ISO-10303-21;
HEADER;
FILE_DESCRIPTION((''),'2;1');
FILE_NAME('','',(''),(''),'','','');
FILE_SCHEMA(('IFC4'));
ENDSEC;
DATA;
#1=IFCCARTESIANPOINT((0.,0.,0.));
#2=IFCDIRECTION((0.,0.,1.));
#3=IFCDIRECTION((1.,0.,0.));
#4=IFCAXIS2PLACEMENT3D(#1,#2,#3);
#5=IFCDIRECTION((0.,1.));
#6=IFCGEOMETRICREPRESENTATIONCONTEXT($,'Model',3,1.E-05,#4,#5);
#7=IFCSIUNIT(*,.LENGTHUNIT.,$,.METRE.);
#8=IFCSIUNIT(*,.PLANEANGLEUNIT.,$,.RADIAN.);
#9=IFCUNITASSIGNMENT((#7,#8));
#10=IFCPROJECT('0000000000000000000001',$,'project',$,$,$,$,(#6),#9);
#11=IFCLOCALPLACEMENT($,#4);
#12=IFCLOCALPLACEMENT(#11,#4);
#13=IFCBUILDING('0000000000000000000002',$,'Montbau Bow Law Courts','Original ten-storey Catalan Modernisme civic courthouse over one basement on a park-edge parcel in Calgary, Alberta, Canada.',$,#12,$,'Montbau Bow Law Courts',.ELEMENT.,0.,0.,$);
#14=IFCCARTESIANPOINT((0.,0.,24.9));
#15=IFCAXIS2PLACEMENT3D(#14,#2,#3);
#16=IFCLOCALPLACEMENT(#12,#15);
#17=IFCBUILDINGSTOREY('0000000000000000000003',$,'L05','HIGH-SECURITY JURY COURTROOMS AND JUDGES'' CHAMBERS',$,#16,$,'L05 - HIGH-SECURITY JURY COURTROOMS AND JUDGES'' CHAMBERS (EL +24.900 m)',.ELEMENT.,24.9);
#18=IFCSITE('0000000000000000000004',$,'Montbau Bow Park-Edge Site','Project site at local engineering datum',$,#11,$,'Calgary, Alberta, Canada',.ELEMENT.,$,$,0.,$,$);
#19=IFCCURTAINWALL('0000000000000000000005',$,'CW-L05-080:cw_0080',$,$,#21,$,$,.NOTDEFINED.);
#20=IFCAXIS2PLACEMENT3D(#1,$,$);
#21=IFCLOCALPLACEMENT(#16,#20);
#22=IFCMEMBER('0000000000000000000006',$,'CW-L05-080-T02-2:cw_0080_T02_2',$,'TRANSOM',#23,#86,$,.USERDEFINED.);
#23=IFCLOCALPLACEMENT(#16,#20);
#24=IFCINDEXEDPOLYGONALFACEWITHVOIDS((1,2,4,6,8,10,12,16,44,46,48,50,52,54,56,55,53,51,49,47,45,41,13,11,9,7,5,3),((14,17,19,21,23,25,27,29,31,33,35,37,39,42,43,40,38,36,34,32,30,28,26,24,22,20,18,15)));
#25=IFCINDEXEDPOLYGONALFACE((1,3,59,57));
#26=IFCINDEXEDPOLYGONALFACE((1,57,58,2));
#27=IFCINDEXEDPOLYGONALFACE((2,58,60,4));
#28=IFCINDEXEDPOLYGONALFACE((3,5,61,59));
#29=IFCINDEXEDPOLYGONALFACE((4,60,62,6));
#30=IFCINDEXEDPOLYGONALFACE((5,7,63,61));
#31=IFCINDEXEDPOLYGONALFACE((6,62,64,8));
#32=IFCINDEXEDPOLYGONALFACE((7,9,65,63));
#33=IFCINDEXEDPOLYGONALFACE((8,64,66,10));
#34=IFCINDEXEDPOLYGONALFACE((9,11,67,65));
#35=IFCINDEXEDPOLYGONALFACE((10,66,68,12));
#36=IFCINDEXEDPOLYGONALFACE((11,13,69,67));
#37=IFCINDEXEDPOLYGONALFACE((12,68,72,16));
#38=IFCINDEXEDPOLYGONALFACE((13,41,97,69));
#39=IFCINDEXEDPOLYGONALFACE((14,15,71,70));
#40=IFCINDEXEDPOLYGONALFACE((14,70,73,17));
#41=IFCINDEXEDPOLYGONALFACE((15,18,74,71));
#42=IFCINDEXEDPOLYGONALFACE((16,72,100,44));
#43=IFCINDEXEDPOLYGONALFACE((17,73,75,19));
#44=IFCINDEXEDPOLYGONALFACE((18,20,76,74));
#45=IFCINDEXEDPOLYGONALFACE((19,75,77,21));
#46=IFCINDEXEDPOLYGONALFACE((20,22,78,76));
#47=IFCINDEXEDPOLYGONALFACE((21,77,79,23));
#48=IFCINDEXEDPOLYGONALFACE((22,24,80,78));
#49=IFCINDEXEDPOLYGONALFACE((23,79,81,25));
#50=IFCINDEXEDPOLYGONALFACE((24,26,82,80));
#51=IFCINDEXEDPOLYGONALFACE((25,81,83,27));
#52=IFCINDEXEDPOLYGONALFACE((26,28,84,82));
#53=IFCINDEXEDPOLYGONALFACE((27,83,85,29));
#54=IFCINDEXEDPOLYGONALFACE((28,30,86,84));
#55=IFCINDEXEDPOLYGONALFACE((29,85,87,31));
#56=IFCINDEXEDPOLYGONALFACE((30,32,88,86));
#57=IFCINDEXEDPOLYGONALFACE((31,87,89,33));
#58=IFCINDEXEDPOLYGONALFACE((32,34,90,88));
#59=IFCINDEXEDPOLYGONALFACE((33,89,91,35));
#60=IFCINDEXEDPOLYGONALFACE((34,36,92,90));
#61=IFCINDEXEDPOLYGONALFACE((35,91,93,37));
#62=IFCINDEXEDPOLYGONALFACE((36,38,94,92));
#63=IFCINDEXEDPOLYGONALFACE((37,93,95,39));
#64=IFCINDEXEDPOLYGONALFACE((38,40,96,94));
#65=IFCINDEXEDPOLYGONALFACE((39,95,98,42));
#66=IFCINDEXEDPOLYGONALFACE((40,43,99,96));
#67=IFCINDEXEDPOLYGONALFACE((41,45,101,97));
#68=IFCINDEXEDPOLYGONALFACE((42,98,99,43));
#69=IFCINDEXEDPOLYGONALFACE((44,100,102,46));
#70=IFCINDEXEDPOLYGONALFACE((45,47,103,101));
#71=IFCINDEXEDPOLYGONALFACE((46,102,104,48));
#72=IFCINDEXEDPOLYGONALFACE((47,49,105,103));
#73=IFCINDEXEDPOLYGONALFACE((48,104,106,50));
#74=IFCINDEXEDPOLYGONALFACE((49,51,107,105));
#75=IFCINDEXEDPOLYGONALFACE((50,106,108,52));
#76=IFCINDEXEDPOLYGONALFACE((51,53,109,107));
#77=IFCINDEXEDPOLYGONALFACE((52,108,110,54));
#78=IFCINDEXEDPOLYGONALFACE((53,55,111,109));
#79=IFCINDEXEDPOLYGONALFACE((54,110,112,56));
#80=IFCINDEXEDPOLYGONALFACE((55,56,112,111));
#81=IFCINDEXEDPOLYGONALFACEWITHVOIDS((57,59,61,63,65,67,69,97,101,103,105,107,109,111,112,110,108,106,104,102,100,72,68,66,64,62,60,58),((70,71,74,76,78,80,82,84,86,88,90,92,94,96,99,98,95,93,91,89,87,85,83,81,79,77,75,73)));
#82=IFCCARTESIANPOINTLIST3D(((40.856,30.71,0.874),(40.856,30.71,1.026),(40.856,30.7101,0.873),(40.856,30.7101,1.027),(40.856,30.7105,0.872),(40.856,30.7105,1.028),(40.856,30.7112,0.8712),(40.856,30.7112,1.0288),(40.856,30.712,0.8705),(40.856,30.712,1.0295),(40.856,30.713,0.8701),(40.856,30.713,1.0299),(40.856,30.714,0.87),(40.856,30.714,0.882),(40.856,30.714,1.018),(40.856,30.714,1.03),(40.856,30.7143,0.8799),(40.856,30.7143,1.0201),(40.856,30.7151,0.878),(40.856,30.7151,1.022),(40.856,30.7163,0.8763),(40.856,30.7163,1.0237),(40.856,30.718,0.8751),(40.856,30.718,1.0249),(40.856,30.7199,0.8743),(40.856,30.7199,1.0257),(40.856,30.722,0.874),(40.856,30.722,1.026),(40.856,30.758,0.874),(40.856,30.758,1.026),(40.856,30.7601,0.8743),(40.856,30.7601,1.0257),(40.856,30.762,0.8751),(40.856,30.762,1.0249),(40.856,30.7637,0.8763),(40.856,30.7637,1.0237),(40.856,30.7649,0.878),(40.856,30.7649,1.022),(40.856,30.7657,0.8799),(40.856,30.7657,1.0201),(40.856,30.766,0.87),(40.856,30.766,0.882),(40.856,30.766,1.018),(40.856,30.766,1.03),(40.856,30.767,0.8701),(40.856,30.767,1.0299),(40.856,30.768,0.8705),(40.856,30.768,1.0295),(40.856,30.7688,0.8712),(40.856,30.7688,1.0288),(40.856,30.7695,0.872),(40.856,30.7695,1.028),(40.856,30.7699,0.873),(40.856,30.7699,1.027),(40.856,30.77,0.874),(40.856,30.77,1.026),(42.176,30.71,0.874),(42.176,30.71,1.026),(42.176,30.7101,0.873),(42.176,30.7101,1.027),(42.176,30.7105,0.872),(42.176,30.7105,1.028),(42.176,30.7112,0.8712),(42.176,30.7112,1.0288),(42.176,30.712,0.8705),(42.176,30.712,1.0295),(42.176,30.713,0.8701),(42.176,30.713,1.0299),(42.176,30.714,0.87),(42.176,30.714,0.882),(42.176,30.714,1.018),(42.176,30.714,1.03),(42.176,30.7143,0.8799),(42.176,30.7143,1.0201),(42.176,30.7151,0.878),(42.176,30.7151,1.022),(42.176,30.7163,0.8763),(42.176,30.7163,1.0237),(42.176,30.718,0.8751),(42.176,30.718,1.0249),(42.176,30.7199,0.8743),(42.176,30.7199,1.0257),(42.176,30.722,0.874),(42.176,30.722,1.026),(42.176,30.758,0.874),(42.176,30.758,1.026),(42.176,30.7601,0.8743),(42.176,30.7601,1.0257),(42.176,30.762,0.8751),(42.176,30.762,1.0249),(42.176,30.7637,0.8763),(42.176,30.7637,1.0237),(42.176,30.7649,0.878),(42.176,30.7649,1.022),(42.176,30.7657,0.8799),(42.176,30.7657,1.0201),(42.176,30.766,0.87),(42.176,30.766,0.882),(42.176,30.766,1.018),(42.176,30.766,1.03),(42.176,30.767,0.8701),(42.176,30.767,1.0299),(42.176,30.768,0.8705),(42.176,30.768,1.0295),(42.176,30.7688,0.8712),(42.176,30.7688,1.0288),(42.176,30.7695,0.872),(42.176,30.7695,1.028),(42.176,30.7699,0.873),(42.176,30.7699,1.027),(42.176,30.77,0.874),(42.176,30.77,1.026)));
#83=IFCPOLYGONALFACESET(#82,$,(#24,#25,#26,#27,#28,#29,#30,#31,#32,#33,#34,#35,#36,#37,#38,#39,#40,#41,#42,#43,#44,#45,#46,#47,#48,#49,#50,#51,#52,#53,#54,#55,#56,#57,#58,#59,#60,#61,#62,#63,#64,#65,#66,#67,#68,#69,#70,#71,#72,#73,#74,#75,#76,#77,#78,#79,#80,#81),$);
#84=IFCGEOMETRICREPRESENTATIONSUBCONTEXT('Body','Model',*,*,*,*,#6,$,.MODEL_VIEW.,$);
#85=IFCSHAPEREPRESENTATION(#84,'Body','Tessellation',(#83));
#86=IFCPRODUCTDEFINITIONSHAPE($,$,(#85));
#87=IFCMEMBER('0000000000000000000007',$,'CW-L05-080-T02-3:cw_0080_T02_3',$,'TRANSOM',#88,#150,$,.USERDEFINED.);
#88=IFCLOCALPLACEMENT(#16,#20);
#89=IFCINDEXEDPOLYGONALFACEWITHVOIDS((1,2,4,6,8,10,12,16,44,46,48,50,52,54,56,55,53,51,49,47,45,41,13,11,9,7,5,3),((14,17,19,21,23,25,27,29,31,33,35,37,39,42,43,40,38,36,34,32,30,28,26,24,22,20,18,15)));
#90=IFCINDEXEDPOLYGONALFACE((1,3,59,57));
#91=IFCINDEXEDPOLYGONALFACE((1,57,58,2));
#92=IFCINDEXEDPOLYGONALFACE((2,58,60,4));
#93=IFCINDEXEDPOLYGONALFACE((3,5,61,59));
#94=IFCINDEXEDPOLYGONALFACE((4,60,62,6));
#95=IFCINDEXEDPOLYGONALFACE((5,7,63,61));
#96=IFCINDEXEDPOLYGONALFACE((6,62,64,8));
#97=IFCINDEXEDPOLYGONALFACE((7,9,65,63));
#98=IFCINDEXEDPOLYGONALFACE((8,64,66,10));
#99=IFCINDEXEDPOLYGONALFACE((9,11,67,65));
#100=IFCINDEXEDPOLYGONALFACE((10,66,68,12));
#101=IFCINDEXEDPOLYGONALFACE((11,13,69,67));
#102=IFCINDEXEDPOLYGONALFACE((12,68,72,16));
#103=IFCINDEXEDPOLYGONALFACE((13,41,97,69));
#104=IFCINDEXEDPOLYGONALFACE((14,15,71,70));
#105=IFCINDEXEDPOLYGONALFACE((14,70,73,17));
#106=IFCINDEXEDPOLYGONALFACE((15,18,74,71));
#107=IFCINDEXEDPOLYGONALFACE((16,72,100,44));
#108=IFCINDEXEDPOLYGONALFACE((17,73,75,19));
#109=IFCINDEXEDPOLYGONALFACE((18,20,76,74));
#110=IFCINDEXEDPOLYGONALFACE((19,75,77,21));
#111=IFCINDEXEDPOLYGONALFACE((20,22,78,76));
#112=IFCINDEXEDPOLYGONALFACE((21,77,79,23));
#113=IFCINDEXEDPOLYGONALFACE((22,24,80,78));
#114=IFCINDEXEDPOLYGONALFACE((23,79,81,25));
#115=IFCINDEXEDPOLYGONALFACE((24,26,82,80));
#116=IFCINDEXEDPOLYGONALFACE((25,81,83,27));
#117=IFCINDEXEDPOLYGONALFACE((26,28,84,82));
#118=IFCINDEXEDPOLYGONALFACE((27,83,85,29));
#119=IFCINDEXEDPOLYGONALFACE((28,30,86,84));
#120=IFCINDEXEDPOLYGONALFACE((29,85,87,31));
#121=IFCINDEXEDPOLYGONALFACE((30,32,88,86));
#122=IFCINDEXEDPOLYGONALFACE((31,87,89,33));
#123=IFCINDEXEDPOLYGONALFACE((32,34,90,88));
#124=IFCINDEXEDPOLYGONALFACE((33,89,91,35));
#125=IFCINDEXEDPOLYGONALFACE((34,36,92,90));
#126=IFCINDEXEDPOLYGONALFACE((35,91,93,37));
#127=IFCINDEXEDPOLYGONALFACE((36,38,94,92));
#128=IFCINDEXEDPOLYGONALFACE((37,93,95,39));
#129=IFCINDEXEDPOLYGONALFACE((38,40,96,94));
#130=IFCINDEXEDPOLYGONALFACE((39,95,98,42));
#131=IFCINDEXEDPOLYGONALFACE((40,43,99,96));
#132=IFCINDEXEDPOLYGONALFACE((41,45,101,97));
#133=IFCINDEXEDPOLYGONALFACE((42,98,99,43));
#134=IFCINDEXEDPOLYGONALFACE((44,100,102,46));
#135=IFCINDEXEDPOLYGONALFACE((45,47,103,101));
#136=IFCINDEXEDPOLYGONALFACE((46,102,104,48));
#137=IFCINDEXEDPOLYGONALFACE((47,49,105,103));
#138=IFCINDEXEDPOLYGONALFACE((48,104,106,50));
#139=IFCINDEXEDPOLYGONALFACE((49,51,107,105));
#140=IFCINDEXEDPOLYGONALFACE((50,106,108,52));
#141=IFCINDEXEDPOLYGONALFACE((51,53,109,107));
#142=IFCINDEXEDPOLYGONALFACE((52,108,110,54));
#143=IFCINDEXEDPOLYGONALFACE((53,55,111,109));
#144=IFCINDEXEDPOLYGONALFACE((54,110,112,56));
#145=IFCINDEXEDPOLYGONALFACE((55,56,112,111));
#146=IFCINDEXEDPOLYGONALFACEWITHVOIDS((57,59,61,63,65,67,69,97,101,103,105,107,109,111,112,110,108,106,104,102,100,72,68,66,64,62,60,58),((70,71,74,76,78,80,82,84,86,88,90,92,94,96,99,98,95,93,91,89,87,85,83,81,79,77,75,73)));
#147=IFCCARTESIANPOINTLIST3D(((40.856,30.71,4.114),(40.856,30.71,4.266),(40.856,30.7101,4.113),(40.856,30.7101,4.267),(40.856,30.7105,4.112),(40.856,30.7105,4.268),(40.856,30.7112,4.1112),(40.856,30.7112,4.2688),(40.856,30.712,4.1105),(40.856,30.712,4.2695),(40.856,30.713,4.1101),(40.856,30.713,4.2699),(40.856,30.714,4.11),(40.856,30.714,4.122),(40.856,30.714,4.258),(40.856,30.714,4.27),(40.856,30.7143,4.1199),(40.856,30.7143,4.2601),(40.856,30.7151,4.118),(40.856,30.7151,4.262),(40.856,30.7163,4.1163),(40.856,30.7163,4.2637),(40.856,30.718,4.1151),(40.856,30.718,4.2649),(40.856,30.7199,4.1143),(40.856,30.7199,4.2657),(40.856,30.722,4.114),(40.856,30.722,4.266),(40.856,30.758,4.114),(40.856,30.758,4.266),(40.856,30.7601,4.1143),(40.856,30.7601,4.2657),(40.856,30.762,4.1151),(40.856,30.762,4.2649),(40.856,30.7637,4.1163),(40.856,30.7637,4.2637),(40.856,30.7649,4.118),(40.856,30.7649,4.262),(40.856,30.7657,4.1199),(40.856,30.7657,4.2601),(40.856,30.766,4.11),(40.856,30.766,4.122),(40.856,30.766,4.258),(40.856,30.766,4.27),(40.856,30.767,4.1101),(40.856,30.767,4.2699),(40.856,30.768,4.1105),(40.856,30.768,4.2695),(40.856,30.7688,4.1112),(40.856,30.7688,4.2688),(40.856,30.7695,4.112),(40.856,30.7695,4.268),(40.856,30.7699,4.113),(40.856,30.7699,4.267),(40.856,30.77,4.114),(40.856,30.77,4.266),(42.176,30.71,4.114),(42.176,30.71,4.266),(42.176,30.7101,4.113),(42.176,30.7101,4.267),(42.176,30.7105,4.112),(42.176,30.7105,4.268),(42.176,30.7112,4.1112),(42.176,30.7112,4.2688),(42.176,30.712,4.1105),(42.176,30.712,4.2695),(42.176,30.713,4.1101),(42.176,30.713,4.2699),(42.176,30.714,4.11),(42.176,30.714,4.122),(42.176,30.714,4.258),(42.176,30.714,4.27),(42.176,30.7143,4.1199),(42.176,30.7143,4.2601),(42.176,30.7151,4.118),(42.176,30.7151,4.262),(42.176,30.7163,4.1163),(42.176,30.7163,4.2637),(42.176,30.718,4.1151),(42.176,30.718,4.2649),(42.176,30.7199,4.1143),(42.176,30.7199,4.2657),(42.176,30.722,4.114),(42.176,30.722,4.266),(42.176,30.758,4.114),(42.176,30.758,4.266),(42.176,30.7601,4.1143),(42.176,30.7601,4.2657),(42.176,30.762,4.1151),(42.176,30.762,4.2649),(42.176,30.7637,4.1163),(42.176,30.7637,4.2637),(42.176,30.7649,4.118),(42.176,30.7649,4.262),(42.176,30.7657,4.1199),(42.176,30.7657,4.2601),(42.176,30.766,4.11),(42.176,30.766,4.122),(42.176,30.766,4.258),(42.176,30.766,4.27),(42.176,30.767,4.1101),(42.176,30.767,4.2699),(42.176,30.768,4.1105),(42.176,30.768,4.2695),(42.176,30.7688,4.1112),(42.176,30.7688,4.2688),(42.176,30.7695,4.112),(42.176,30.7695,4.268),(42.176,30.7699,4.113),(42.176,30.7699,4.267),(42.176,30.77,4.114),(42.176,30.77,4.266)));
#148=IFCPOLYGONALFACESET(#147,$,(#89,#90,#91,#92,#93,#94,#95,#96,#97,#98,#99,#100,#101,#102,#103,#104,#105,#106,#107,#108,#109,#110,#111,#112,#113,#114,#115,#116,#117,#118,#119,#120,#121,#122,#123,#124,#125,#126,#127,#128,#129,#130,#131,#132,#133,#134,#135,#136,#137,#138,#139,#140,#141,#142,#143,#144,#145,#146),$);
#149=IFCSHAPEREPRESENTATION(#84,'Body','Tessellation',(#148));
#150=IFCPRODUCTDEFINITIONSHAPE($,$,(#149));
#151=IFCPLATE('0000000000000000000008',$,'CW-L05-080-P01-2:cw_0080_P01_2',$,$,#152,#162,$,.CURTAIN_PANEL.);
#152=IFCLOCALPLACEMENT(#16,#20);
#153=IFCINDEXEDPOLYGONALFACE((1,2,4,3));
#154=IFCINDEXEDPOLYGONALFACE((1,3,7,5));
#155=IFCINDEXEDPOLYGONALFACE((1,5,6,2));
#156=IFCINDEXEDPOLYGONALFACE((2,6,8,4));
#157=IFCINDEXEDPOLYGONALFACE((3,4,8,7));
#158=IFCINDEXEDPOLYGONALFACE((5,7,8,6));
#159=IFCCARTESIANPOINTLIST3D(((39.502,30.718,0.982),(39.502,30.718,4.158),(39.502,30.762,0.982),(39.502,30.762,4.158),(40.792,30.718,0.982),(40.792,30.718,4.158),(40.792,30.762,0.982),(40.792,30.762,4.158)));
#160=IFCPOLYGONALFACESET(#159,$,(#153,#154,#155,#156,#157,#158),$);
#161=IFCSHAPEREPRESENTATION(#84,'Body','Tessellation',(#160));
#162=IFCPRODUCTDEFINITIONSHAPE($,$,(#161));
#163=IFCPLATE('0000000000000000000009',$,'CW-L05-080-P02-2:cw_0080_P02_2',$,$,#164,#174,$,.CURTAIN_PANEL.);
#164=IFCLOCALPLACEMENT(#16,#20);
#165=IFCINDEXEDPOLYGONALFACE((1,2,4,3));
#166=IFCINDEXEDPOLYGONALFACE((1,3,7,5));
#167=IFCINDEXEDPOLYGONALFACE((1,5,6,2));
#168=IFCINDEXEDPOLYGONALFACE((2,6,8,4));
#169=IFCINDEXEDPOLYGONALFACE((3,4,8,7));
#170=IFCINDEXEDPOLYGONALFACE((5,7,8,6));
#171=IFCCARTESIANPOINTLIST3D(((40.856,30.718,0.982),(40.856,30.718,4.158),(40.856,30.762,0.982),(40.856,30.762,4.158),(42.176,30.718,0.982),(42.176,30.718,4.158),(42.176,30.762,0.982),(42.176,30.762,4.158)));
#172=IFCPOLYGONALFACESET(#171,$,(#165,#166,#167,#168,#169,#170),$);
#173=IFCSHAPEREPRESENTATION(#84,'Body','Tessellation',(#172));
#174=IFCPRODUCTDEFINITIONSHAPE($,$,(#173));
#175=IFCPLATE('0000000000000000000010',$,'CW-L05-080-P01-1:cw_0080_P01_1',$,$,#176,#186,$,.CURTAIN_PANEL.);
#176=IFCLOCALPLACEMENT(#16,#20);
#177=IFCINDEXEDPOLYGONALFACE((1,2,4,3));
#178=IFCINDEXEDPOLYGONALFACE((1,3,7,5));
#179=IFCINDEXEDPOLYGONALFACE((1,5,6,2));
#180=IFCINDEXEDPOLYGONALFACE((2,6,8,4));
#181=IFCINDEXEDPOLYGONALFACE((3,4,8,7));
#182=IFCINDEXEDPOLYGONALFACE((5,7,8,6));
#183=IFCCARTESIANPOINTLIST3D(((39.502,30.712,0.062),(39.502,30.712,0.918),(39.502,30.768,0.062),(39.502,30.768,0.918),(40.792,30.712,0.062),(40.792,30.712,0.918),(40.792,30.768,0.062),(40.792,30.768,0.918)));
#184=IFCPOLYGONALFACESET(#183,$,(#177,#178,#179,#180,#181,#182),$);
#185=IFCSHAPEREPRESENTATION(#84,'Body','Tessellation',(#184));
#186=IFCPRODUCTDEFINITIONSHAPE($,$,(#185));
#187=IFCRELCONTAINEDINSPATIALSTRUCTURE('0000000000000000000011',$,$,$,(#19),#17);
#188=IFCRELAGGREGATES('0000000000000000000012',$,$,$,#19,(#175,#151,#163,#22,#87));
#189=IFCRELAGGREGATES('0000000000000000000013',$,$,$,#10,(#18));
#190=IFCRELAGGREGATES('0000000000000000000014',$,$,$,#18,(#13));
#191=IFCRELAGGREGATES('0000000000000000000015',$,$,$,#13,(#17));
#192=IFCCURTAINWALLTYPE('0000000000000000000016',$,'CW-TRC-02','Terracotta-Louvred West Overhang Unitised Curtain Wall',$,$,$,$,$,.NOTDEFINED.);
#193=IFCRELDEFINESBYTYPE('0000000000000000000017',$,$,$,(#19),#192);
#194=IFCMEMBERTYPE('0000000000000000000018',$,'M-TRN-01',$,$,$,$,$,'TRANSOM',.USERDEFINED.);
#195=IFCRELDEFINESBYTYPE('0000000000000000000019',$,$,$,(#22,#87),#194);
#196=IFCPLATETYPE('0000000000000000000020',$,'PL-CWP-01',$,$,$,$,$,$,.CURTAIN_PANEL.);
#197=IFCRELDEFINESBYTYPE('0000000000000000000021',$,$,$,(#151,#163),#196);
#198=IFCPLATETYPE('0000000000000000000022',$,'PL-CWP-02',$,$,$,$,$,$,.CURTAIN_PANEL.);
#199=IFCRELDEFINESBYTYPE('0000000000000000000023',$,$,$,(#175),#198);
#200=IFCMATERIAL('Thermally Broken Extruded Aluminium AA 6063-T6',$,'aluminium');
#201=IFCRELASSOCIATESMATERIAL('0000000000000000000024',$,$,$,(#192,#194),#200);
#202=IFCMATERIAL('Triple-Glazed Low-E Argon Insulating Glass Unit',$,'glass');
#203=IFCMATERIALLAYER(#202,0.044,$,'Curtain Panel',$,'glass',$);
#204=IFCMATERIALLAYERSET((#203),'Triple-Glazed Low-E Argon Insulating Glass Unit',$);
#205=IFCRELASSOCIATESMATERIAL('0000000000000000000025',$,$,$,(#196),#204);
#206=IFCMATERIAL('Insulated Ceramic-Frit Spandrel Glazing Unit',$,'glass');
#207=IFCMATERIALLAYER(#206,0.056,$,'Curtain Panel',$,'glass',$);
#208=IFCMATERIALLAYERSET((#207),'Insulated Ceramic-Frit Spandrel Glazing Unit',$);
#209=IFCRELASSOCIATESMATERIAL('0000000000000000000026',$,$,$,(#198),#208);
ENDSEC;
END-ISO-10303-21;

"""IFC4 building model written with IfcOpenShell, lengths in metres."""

from ifc_helpers import new_model, si_unit, direction, frame, frame_2d, origin_with_axes, origin_2d_with_axis, place, context, subcontext, project, spatial, rectangle, hollow_rectangle, extrude, material, layer, layer_set, material_profile, profile_set, type_object, element, aggregate, save


model = new_model("IFC4")

# Units and contexts
model_context = context("Model", 3, precision=1e-05, world=origin_with_axes(), true_north=direction((0.0, 1.0)))
body_context = subcontext(model_context, "Body", "Model", "MODEL_VIEW")
ifc_project = project(units=[si_unit("LENGTHUNIT", "METRE"), si_unit("PLANEANGLEUNIT", "RADIAN")], contexts=[model_context])

# Site, building, storey
site_placement = place(None, origin_with_axes())
site = spatial("IfcSite", under=ifc_project, at=site_placement, Name="Montbau Bow Park-Edge Site", Description="Project site at local engineering datum", LongName="Calgary, Alberta, Canada", CompositionType="ELEMENT", RefElevation=0.0)
building_placement = place(site_placement, origin_with_axes())
building = spatial("IfcBuilding", under=site, at=building_placement, Name="Montbau Bow Law Courts", Description="Original ten-storey Catalan Modernisme civic courthouse over one basement on a park-edge parcel in Calgary, Alberta, Canada.", LongName="Montbau Bow Law Courts", CompositionType="ELEMENT", ElevationOfRefHeight=0.0, ElevationOfTerrain=0.0)
storey_placement = place(building_placement, frame((0.0, 0.0, 24.9), z_axis=(0.0, 0.0, 1.0), x_axis=(1.0, 0.0, 0.0)))
storey = spatial("IfcBuildingStorey", under=building, at=storey_placement, Name="L05", Description="HIGH-SECURITY JURY COURTROOMS AND JUDGES' CHAMBERS", LongName="L05 - HIGH-SECURITY JURY COURTROOMS AND JUDGES' CHAMBERS (EL +24.900 m)", CompositionType="ELEMENT", Elevation=24.9)

# Curtain wall, members, plates
ifc_material_1 = material(Name="Thermally Broken Extruded Aluminium AA 6063-T6", Category="aluminium")
curtain_wall_type = type_object("IfcCurtainWallType", Name="CW-TRC-02", Description="Terracotta-Louvred West Overhang Unitised Curtain Wall", PredefinedType="NOTDEFINED", material=ifc_material_1)
curtain_wall_placement = place(None, frame((39.44, 30.74, 24.9), z_axis=(0.0, 0.0, 1.0), x_axis=(1.0, 0.0, 0.0)))
curtain_wall = element("IfcCurtainWall", 1, at=curtain_wall_placement, inside=storey, type_object=curtain_wall_type, Name="CW-L05-080:cw_0080", PredefinedType="NOTDEFINED")
ifc_material_profile_1 = material_profile(ifc_material_1, hollow_rectangle(XDim=0.06, YDim=0.16, WallThickness=0.004, InnerFilletRadius=0.008, OuterFilletRadius=0.004, at=origin_2d_with_axis()), Name="CWT-160X60", Category="Main", Priority=0)
ifc_profile_set_1 = profile_set([ifc_material_profile_1], Name="Thermally Broken Extruded Aluminium AA 6063-T6")
member_type_1 = type_object("IfcMemberType", Name="M-TRN-01", ElementType="TRANSOM", PredefinedType="USERDEFINED", material=ifc_profile_set_1)
member_1_placement = place(None, frame((40.856, 30.74, 25.85), z_axis=(1.0, 0.0, 0.0), x_axis=(0.0, 1.0, 0.0)))
member_1 = element("IfcMember", 2, at=member_1_placement, type_object=member_type_1, Name="CW-L05-080-T02-2:cw_0080_T02_2", ObjectType="TRANSOM", PredefinedType="USERDEFINED", context=body_context, shape_type="SweptSolid", body=[
    extrude(hollow_rectangle(XDim=0.06, YDim=0.16, WallThickness=0.004, InnerFilletRadius=0.008, OuterFilletRadius=0.004, at=origin_2d_with_axis()), origin_with_axes(), (0.0, 0.0, 1.0), 1.32),
])
member_2_placement = place(None, frame((40.856, 30.74, 29.09), z_axis=(1.0, 0.0, 0.0), x_axis=(0.0, 1.0, 0.0)))
member_2 = element("IfcMember", 3, at=member_2_placement, type_object=member_type_1, Name="CW-L05-080-T02-3:cw_0080_T02_3", ObjectType="TRANSOM", PredefinedType="USERDEFINED", context=body_context, shape_type="SweptSolid", body=[
    extrude(hollow_rectangle(XDim=0.06, YDim=0.16, WallThickness=0.004, InnerFilletRadius=0.008, OuterFilletRadius=0.004, at=origin_2d_with_axis()), origin_with_axes(), (0.0, 0.0, 1.0), 1.32),
])
ifc_material_2 = material(Name="Triple-Glazed Low-E Argon Insulating Glass Unit", Category="glass")
ifc_layer_1 = layer(ifc_material_2, 0.044, Name="Curtain Panel", Category="glass")
ifc_layer_set_1 = layer_set([ifc_layer_1], Name="Triple-Glazed Low-E Argon Insulating Glass Unit")
plate_type_1 = type_object("IfcPlateType", Name="PL-CWP-01", PredefinedType="CURTAIN_PANEL", material=ifc_layer_set_1)
plate_1_placement = place(None, frame((39.502, 30.74, 25.882), z_axis=(0.0, -1.0, 0.0), x_axis=(1.0, 0.0, 0.0)))
plate_1 = element("IfcPlate", 4, at=plate_1_placement, type_object=plate_type_1, Name="CW-L05-080-P01-2:cw_0080_P01_2", PredefinedType="CURTAIN_PANEL", context=body_context, shape_type="SweptSolid", body=[
    extrude(rectangle(XDim=1.29, YDim=3.176, at=frame_2d((0.645, 1.588), x_axis=(1.0, 0.0))), frame((0.0, 0.0, -0.022), z_axis=(0.0, 0.0, 1.0), x_axis=(1.0, 0.0, 0.0)), (0.0, 0.0, 1.0), 0.044),
])
plate_2_placement = place(None, frame((40.856, 30.74, 25.882), z_axis=(0.0, -1.0, 0.0), x_axis=(1.0, 0.0, 0.0)))
plate_2 = element("IfcPlate", 5, at=plate_2_placement, type_object=plate_type_1, Name="CW-L05-080-P02-2:cw_0080_P02_2", PredefinedType="CURTAIN_PANEL", context=body_context, shape_type="SweptSolid", body=[
    extrude(rectangle(XDim=1.32, YDim=3.176, at=frame_2d((0.66, 1.588), x_axis=(1.0, 0.0))), frame((0.0, 0.0, -0.022), z_axis=(0.0, 0.0, 1.0), x_axis=(1.0, 0.0, 0.0)), (0.0, 0.0, 1.0), 0.044),
])
ifc_material_3 = material(Name="Insulated Ceramic-Frit Spandrel Glazing Unit", Category="glass")
ifc_layer_2 = layer(ifc_material_3, 0.056, Name="Curtain Panel", Category="glass")
ifc_layer_set_2 = layer_set([ifc_layer_2], Name="Insulated Ceramic-Frit Spandrel Glazing Unit")
plate_type_2 = type_object("IfcPlateType", Name="PL-CWP-02", PredefinedType="CURTAIN_PANEL", material=ifc_layer_set_2)
plate_3_placement = place(None, frame((39.502, 30.74, 24.962), z_axis=(0.0, -1.0, 0.0), x_axis=(1.0, 0.0, 0.0)))
plate_3 = element("IfcPlate", 6, at=plate_3_placement, type_object=plate_type_2, Name="CW-L05-080-P01-1:cw_0080_P01_1", PredefinedType="CURTAIN_PANEL", context=body_context, shape_type="SweptSolid", body=[
    extrude(rectangle(XDim=1.29, YDim=0.856, at=frame_2d((0.645, 0.428), x_axis=(1.0, 0.0))), frame((0.0, 0.0, -0.028), z_axis=(0.0, 0.0, 1.0), x_axis=(1.0, 0.0, 0.0)), (0.0, 0.0, 1.0), 0.056),
])
aggregate(curtain_wall, [plate_3, plate_1, plate_2, member_1, member_2])

save(model, "model.ifc")
